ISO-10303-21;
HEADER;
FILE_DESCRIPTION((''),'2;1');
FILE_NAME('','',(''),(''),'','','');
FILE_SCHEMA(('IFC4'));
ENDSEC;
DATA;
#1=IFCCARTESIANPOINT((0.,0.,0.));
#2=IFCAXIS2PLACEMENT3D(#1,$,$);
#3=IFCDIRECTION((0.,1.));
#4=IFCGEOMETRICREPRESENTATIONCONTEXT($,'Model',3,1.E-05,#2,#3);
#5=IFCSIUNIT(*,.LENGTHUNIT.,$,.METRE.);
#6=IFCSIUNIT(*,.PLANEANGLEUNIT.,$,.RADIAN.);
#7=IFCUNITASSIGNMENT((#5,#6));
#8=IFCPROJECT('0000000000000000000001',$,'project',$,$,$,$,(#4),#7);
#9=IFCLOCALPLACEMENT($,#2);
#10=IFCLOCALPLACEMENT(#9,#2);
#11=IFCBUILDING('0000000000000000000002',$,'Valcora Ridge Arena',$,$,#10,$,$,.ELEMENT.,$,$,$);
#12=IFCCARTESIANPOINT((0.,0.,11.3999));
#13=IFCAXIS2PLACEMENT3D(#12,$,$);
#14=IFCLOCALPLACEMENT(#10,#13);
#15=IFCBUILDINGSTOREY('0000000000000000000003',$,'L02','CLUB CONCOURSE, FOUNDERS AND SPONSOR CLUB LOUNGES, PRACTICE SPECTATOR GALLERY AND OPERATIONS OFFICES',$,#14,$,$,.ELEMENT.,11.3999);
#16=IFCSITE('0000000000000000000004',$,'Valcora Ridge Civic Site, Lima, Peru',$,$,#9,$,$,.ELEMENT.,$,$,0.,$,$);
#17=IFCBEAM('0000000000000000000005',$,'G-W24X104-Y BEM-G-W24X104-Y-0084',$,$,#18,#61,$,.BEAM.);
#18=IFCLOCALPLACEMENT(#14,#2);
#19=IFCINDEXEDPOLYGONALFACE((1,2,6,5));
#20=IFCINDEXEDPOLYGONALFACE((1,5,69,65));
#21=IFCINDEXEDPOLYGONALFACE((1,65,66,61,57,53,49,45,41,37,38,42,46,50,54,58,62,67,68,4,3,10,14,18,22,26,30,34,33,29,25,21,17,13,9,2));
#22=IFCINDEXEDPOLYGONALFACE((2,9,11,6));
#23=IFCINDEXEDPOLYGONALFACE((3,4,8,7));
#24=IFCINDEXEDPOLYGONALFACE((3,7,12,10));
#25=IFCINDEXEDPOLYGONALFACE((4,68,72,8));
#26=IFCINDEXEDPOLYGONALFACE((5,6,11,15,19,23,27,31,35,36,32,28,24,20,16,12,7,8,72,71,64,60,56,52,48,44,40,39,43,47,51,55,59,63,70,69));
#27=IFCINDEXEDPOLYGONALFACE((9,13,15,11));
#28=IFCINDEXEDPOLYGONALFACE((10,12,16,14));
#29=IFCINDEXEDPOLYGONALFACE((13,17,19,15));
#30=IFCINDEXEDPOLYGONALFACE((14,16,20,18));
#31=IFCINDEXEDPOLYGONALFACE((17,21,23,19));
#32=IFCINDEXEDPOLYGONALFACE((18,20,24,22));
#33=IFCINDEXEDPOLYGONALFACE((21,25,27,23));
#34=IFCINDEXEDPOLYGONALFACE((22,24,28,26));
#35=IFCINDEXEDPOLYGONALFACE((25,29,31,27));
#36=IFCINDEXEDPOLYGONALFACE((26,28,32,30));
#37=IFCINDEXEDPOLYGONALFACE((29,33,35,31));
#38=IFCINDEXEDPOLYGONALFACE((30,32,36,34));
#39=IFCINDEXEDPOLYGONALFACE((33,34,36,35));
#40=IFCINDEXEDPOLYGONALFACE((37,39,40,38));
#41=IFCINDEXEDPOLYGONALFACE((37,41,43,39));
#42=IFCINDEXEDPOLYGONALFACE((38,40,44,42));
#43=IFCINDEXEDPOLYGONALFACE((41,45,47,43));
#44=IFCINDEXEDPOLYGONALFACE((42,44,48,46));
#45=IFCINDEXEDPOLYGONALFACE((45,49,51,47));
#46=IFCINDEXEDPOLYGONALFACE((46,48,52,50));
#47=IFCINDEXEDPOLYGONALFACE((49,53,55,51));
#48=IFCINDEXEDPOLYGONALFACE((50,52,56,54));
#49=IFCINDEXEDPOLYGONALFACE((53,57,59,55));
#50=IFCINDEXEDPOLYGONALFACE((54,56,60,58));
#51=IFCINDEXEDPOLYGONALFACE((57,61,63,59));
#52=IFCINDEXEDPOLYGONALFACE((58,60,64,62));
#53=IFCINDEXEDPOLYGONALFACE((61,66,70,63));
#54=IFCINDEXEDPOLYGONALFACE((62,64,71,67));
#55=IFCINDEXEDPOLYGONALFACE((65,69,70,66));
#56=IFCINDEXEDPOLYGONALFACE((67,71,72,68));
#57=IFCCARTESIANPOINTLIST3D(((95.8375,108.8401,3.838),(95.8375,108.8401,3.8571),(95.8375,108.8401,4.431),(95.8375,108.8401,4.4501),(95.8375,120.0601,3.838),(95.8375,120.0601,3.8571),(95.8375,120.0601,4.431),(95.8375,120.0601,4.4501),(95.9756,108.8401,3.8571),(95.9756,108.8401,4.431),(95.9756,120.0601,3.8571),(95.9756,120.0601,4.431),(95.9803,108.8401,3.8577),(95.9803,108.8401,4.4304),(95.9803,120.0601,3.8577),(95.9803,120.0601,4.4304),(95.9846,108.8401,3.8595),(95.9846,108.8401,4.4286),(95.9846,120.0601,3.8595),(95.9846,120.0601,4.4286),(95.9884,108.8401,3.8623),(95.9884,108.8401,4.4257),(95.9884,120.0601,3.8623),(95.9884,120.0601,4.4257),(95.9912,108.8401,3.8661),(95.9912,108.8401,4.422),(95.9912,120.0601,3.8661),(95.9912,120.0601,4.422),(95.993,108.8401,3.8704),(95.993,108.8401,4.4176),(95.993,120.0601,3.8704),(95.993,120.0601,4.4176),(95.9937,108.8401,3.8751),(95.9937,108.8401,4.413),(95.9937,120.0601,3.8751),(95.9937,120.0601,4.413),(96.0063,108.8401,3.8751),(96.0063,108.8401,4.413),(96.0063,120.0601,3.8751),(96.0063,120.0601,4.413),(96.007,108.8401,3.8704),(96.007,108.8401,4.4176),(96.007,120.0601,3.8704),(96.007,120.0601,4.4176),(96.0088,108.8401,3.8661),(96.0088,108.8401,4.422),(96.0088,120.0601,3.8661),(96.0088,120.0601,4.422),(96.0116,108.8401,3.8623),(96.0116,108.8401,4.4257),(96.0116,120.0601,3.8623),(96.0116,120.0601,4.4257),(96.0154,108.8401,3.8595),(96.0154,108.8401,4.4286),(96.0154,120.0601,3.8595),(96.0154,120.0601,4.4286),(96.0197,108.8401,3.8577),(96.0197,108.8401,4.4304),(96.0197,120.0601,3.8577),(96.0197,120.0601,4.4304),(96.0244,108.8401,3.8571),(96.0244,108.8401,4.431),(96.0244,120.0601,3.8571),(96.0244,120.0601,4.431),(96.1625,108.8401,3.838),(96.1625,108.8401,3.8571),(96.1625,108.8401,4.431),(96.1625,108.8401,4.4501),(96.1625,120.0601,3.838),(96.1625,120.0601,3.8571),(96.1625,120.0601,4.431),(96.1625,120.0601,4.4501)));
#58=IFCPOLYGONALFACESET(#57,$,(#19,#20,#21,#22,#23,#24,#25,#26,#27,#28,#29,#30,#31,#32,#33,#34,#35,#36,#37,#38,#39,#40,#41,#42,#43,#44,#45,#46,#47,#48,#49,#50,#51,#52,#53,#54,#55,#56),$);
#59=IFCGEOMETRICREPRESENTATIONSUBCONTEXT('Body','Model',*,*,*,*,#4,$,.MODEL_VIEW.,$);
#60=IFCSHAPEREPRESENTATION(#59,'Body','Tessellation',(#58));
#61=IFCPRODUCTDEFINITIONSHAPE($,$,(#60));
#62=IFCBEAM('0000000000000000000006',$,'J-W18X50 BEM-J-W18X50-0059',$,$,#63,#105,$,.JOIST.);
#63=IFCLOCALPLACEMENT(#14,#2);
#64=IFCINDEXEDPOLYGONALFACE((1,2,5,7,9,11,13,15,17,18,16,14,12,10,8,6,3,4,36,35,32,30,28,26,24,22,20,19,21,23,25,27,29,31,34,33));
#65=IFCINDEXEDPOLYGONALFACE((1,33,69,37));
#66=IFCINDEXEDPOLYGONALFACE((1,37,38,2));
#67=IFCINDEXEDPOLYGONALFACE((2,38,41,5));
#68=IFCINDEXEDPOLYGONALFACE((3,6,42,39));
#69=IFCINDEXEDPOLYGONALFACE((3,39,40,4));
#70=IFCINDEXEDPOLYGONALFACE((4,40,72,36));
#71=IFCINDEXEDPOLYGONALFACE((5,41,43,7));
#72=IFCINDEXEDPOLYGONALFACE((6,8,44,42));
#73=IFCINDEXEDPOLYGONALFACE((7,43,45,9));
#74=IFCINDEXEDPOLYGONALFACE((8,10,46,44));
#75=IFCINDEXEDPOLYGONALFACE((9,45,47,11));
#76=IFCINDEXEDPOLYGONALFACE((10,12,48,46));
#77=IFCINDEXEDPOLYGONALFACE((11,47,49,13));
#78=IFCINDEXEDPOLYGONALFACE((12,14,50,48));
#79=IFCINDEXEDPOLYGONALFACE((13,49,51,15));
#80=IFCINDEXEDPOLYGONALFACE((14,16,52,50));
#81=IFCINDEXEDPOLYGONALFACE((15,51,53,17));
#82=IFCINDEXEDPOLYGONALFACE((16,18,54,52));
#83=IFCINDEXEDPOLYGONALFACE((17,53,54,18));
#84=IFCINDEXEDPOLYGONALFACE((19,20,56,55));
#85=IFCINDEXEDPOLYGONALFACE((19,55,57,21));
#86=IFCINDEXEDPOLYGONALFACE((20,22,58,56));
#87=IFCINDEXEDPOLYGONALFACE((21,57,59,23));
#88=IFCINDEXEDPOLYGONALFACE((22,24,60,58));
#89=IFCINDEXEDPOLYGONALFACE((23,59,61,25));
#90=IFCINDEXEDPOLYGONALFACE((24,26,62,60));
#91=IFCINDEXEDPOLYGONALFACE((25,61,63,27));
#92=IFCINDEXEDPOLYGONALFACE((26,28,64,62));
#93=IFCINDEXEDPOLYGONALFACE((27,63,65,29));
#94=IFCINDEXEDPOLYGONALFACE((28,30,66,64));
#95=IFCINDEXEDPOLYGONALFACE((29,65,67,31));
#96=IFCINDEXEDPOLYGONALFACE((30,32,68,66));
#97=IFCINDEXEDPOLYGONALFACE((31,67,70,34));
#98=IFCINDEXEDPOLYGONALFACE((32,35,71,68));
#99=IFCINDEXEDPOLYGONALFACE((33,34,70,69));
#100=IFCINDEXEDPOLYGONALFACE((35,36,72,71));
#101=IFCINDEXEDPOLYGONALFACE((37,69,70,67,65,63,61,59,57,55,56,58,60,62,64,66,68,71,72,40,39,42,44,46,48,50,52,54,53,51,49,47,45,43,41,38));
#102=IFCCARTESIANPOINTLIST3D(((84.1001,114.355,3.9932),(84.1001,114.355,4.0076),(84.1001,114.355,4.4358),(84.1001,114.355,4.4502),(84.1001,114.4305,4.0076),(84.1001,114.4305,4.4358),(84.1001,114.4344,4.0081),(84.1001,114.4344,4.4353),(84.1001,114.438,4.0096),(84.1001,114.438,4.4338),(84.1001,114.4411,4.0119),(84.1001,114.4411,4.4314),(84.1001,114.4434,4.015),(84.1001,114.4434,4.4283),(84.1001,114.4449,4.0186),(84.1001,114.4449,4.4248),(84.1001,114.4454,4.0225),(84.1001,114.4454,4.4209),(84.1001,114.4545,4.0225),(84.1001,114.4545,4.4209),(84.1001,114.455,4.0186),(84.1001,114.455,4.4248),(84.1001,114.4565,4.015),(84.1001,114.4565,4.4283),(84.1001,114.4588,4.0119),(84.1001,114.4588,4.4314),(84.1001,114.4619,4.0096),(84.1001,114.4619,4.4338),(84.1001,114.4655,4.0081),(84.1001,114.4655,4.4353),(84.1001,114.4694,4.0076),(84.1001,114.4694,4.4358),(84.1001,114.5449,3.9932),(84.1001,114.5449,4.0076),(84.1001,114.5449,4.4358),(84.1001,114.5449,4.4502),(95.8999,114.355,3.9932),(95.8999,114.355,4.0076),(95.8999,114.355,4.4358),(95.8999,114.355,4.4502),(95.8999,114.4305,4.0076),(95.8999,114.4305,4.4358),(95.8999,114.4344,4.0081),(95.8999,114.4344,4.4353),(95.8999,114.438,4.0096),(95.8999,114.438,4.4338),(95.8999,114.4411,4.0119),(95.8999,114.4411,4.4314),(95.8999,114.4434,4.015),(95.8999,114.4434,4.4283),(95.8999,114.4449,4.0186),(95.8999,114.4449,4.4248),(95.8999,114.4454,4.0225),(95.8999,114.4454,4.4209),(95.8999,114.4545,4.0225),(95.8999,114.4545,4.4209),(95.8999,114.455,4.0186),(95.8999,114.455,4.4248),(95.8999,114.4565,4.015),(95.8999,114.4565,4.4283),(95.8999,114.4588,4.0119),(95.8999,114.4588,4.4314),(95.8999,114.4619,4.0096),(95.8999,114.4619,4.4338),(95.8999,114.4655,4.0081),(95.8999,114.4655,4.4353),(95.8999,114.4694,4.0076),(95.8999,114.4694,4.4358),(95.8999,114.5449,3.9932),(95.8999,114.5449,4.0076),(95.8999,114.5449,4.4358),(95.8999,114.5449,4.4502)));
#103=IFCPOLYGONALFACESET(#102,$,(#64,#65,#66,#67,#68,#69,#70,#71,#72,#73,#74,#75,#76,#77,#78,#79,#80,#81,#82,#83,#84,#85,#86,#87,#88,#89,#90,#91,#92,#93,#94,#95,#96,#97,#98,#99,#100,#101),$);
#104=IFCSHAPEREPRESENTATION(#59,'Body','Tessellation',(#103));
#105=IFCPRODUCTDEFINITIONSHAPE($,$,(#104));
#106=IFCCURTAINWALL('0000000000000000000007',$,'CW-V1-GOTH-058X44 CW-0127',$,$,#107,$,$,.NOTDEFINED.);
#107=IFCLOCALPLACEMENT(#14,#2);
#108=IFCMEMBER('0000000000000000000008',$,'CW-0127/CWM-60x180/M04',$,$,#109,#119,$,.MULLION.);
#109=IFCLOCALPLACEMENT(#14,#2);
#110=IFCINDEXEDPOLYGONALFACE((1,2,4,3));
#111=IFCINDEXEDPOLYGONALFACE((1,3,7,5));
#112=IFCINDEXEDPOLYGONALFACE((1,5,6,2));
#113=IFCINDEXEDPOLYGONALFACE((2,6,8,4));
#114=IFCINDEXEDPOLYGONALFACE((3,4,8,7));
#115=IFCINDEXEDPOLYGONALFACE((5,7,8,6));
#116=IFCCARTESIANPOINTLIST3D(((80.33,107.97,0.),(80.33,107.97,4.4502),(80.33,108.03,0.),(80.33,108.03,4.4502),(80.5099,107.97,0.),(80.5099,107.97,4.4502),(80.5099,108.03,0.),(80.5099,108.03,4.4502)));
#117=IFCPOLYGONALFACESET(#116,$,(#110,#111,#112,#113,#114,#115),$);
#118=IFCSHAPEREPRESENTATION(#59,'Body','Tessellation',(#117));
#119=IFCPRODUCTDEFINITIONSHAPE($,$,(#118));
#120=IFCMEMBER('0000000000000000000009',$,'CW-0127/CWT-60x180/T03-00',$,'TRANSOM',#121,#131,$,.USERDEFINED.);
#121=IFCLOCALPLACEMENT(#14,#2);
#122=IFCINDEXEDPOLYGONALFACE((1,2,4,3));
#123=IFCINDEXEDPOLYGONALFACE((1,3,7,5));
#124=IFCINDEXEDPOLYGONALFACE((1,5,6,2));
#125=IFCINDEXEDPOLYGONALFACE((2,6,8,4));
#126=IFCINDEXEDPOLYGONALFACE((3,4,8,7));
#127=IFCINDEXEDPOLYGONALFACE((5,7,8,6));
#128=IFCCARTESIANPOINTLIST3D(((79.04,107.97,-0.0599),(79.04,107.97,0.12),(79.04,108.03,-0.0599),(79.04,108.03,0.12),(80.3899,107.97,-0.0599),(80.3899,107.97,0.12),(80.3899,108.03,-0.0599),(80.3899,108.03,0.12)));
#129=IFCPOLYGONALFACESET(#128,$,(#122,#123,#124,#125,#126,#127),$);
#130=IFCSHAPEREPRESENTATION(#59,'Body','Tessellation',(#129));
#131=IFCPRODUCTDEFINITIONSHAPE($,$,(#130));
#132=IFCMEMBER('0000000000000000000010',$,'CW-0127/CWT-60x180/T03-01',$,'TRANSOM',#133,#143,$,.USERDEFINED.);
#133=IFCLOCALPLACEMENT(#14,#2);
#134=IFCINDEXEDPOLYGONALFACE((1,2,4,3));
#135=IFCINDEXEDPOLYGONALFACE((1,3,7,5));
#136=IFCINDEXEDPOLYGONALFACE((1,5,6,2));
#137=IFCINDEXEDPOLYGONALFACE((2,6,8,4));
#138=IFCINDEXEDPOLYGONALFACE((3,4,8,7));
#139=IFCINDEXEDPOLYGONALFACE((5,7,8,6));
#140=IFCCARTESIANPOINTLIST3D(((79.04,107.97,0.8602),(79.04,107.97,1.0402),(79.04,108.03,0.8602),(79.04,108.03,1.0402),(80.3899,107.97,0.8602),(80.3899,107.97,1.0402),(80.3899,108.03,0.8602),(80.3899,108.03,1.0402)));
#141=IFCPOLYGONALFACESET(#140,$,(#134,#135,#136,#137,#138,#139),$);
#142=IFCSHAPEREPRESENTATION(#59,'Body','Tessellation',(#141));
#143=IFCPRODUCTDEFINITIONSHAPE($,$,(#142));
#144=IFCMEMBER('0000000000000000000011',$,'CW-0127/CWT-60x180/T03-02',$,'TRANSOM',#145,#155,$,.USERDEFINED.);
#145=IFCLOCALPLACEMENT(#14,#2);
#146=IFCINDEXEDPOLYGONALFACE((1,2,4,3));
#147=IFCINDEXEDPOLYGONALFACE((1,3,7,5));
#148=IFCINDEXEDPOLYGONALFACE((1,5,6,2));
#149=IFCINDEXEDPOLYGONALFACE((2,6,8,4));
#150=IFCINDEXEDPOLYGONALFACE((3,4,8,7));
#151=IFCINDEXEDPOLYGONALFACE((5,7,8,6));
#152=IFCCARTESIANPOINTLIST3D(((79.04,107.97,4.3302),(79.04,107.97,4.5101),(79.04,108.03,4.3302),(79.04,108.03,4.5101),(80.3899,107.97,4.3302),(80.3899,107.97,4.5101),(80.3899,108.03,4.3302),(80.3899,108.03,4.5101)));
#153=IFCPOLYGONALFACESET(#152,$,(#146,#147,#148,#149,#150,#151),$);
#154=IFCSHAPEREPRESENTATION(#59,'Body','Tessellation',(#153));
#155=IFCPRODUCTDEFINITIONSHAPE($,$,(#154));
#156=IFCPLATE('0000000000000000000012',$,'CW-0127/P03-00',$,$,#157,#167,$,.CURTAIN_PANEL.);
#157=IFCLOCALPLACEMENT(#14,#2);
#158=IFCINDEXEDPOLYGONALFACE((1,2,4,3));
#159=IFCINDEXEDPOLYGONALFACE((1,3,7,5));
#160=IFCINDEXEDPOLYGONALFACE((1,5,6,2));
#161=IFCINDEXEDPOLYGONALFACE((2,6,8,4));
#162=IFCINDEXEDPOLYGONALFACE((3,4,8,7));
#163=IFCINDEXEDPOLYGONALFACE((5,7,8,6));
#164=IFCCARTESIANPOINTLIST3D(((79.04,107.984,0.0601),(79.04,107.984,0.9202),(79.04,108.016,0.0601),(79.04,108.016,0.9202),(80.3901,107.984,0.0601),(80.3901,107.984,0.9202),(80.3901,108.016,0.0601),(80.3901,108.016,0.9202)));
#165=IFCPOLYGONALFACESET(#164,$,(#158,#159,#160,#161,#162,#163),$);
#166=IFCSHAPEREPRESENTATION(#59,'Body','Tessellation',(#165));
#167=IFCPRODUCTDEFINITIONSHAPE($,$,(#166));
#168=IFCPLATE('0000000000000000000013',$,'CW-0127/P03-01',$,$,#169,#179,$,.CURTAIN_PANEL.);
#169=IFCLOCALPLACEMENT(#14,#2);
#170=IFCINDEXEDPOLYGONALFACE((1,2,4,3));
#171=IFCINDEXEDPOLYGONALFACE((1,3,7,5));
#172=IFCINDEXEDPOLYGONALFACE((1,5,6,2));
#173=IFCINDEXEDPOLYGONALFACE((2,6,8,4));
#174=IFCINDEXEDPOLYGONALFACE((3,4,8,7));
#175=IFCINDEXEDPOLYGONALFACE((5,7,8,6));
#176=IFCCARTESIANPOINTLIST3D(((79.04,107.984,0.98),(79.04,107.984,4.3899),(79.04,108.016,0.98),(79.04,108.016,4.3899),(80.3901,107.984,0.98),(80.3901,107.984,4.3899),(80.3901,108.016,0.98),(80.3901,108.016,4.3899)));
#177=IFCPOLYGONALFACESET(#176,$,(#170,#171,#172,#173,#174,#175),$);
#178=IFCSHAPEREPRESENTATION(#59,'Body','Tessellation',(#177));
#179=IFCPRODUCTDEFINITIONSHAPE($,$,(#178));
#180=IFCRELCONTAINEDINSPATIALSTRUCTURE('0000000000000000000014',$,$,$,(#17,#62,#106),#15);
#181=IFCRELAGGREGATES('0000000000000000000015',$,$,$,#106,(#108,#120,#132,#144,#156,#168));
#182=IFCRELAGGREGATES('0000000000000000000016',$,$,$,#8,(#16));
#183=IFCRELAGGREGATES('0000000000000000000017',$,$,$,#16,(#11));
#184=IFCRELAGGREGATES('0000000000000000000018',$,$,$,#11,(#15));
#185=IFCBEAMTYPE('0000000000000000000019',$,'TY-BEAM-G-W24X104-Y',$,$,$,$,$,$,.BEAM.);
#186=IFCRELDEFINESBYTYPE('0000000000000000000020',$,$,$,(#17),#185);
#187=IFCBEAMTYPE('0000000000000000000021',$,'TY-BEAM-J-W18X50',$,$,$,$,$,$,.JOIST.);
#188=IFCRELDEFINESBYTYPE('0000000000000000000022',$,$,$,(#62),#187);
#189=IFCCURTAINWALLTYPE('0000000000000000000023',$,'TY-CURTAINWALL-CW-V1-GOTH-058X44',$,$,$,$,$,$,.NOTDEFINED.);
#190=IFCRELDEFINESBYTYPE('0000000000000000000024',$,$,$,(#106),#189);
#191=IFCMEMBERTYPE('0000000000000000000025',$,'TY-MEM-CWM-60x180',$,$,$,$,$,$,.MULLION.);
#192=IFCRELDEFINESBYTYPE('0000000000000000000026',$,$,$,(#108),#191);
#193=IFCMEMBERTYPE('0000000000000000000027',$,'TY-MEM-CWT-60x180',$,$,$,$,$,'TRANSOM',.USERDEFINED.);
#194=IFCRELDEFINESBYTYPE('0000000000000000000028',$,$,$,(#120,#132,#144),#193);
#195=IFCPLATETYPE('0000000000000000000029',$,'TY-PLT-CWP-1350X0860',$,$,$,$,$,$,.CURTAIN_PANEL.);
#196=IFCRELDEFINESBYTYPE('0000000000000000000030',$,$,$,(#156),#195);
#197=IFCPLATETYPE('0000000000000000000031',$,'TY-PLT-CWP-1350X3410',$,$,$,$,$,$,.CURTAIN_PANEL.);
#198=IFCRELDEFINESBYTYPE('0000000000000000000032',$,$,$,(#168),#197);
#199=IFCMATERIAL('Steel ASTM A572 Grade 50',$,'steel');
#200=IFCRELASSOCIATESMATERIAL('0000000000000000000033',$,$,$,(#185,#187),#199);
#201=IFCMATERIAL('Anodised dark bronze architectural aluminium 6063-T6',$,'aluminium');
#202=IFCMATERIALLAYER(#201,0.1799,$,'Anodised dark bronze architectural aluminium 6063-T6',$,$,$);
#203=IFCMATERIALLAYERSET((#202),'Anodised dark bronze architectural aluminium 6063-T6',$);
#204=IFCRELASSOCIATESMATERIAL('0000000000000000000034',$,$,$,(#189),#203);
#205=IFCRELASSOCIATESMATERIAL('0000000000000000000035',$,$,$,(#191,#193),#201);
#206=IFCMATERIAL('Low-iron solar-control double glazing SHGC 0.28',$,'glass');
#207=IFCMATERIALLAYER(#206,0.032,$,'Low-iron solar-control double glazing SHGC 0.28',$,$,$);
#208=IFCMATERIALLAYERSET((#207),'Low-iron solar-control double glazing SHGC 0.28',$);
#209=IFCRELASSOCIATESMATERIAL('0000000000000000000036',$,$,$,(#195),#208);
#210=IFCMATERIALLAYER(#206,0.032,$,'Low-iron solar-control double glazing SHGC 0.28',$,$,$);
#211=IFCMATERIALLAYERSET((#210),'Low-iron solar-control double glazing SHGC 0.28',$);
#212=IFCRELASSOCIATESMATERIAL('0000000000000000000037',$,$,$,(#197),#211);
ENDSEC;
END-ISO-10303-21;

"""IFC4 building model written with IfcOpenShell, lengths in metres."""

from ifc_helpers import new_model, si_unit, direction, frame, origin, origin_2d, place, context, subcontext, project, spatial, rectangle, i_section, extrude, material, layer, layer_set, material_profile, profile_set, type_object, element, aggregate, save


model = new_model("IFC4")

# Units and contexts
model_context = context("Model", 3, precision=1e-05, world=origin(), true_north=direction((0.0, 1.0)))
body_context = subcontext(model_context, "Body", "Model", "MODEL_VIEW")
ifc_project = project(units=[si_unit("LENGTHUNIT", "METRE"), si_unit("PLANEANGLEUNIT", "RADIAN")], contexts=[model_context])

# Site, building, storey
site_placement = place(None, origin())
site = spatial("IfcSite", under=ifc_project, at=site_placement, Name="Valcora Ridge Civic Site, Lima, Peru", CompositionType="ELEMENT", RefElevation=0.0)
building_placement = place(site_placement, origin())
building = spatial("IfcBuilding", under=site, at=building_placement, Name="Valcora Ridge Arena", CompositionType="ELEMENT")
storey_placement = place(building_placement, frame((0.0, 0.0, 11.3999)))
storey = spatial("IfcBuildingStorey", under=building, at=storey_placement, Name="L02", Description="CLUB CONCOURSE, FOUNDERS AND SPONSOR CLUB LOUNGES, PRACTICE SPECTATOR GALLERY AND OPERATIONS OFFICES", CompositionType="ELEMENT", Elevation=11.3999)

# Beams
ifc_material_1 = material(Name="Steel ASTM A572 Grade 50", Category="steel")
ifc_material_profile_1 = material_profile(ifc_material_1, i_section(OverallWidth=0.325, OverallDepth=0.6121, WebThickness=0.0127, FlangeThickness=0.019, FilletRadius=0.0181, at=origin_2d()), Name="W24X104")
ifc_profile_set_1 = profile_set([ifc_material_profile_1], Name="Steel ASTM A572 Grade 50")
beam_type_1 = type_object("IfcBeamType", Name="TY-BEAM-G-W24X104-Y", PredefinedType="BEAM", material=ifc_profile_set_1)
for number, where, z_axis, x_axis, name in (
    (1, (96.0, 108.8401, 4.144), (0.0, 1.0, 0.0), (-1.0, 0.0, 0.0), "G-W24X104-Y BEM-G-W24X104-Y-0084"),
):
    element("IfcBeam", number, at=place(storey_placement, frame(where, z_axis=z_axis, x_axis=x_axis)), inside=storey, type_object=beam_type_1, Name=name, PredefinedType="BEAM", context=body_context, shape_type="SweptSolid", body=[
        extrude(i_section(OverallWidth=0.325, OverallDepth=0.6121, WebThickness=0.0127, FlangeThickness=0.019, FilletRadius=0.0181, at=origin_2d()), origin(), (0.0, 0.0, 1.0), 11.22),
    ])
ifc_material_profile_2 = material_profile(ifc_material_1, i_section(OverallWidth=0.1899, OverallDepth=0.457, WebThickness=0.009, FlangeThickness=0.0144, FilletRadius=0.0149, at=origin_2d()), Name="W18X50")
ifc_profile_set_2 = profile_set([ifc_material_profile_2], Name="Steel ASTM A572 Grade 50")
beam_type_2 = type_object("IfcBeamType", Name="TY-BEAM-J-W18X50", PredefinedType="JOIST", material=ifc_profile_set_2)
beam_placement = place(storey_placement, frame((84.1001, 114.45, 4.2217), z_axis=(1.0, 0.0, 0.0), x_axis=(0.0, 1.0, 0.0)))
element("IfcBeam", 2, at=beam_placement, inside=storey, type_object=beam_type_2, Name="J-W18X50 BEM-J-W18X50-0059", PredefinedType="JOIST", context=body_context, shape_type="SweptSolid", body=[
    extrude(i_section(OverallWidth=0.1899, OverallDepth=0.457, WebThickness=0.009, FlangeThickness=0.0144, FilletRadius=0.0149, at=origin_2d()), origin(), (0.0, 0.0, 1.0), 11.7998),
])

# Curtain wall, members, plates
ifc_material_2 = material(Name="Anodised dark bronze architectural aluminium 6063-T6", Category="aluminium")
ifc_layer_1 = layer(ifc_material_2, 0.1799, Name="Anodised dark bronze architectural aluminium 6063-T6")
ifc_layer_set_1 = layer_set([ifc_layer_1], Name="Anodised dark bronze architectural aluminium 6063-T6")
curtain_wall_type = type_object("IfcCurtainWallType", Name="TY-CURTAINWALL-CW-V1-GOTH-058X44", PredefinedType="NOTDEFINED", material=ifc_layer_set_1)
curtain_wall_placement = place(storey_placement, origin())
curtain_wall = element("IfcCurtainWall", 3, at=curtain_wall_placement, inside=storey, type_object=curtain_wall_type, Name="CW-V1-GOTH-058X44 CW-0127", PredefinedType="NOTDEFINED")
ifc_material_profile_3 = material_profile(ifc_material_2, rectangle(XDim=0.0601, YDim=0.1799, at=origin_2d()), Name="ALU MULLION 60x180")
ifc_profile_set_3 = profile_set([ifc_material_profile_3], Name="Anodised dark bronze architectural aluminium 6063-T6")
member_type_1 = type_object("IfcMemberType", Name="TY-MEM-CWM-60x180", PredefinedType="MULLION", material=ifc_profile_set_3)
member_1_placement = place(storey_placement, frame((80.4199, 108.0, 0.0), z_axis=(0.0, 0.0, 1.0), x_axis=(0.0, 1.0, 0.0)))
member_1 = element("IfcMember", 4, at=member_1_placement, type_object=member_type_1, Name="CW-0127/CWM-60x180/M04", PredefinedType="MULLION", context=body_context, shape_type="SweptSolid", body=[
    extrude(rectangle(XDim=0.0601, YDim=0.1799, at=origin_2d()), origin(), (0.0, 0.0, 1.0), 4.4502),
])
ifc_material_profile_4 = material_profile(ifc_material_2, rectangle(XDim=0.0601, YDim=0.1799, at=origin_2d()), Name="ALU TRANSOM 60x180")
ifc_profile_set_4 = profile_set([ifc_material_profile_4], Name="Anodised dark bronze architectural aluminium 6063-T6")
member_type_2 = type_object("IfcMemberType", Name="TY-MEM-CWT-60x180", ElementType="TRANSOM", PredefinedType="USERDEFINED", material=ifc_profile_set_4)
member_2_placement = place(storey_placement, frame((79.04, 108.0, 0.03), z_axis=(1.0, 0.0, 0.0), x_axis=(0.0, 1.0, 0.0)))
member_2 = element("IfcMember", 5, at=member_2_placement, type_object=member_type_2, Name="CW-0127/CWT-60x180/T03-00", ObjectType="TRANSOM", PredefinedType="USERDEFINED", context=body_context, shape_type="SweptSolid", body=[
    extrude(rectangle(XDim=0.0601, YDim=0.1799, at=origin_2d()), origin(), (0.0, 0.0, 1.0), 1.3499),
])
member_3_placement = place(storey_placement, frame((79.04, 108.0, 0.9502), z_axis=(1.0, 0.0, 0.0), x_axis=(0.0, 1.0, 0.0)))
member_3 = element("IfcMember", 6, at=member_3_placement, type_object=member_type_2, Name="CW-0127/CWT-60x180/T03-01", ObjectType="TRANSOM", PredefinedType="USERDEFINED", context=body_context, shape_type="SweptSolid", body=[
    extrude(rectangle(XDim=0.0601, YDim=0.1799, at=origin_2d()), origin(), (0.0, 0.0, 1.0), 1.3499),
])
member_4_placement = place(storey_placement, frame((79.04, 108.0, 4.4202), z_axis=(1.0, 0.0, 0.0), x_axis=(0.0, 1.0, 0.0)))
member_4 = element("IfcMember", 7, at=member_4_placement, type_object=member_type_2, Name="CW-0127/CWT-60x180/T03-02", ObjectType="TRANSOM", PredefinedType="USERDEFINED", context=body_context, shape_type="SweptSolid", body=[
    extrude(rectangle(XDim=0.0601, YDim=0.1799, at=origin_2d()), origin(), (0.0, 0.0, 1.0), 1.3499),
])
ifc_material_3 = material(Name="Low-iron solar-control double glazing SHGC 0.28", Category="glass")
ifc_layer_2 = layer(ifc_material_3, 0.032, Name="Low-iron solar-control double glazing SHGC 0.28")
ifc_layer_set_2 = layer_set([ifc_layer_2], Name="Low-iron solar-control double glazing SHGC 0.28")
plate_type_1 = type_object("IfcPlateType", Name="TY-PLT-CWP-1350X0860", PredefinedType="CURTAIN_PANEL", material=ifc_layer_set_2)
plate_1_placement = place(storey_placement, frame((79.7151, 108.0, 0.0601), z_axis=(0.0, 0.0, 1.0), x_axis=(1.0, 0.0, 0.0)))
plate_1 = element("IfcPlate", 8, at=plate_1_placement, type_object=plate_type_1, Name="CW-0127/P03-00", PredefinedType="CURTAIN_PANEL", context=body_context, shape_type="SweptSolid", body=[
    extrude(rectangle(XDim=1.3501, YDim=0.032, at=origin_2d()), origin(), (0.0, 0.0, 1.0), 0.8601),
])
ifc_layer_3 = layer(ifc_material_3, 0.032, Name="Low-iron solar-control double glazing SHGC 0.28")
ifc_layer_set_3 = layer_set([ifc_layer_3], Name="Low-iron solar-control double glazing SHGC 0.28")
plate_type_2 = type_object("IfcPlateType", Name="TY-PLT-CWP-1350X3410", PredefinedType="CURTAIN_PANEL", material=ifc_layer_set_3)
plate_2_placement = place(storey_placement, frame((79.7151, 108.0, 0.98), z_axis=(0.0, 0.0, 1.0), x_axis=(1.0, 0.0, 0.0)))
plate_2 = element("IfcPlate", 9, at=plate_2_placement, type_object=plate_type_2, Name="CW-0127/P03-01", PredefinedType="CURTAIN_PANEL", context=body_context, shape_type="SweptSolid", body=[
    extrude(rectangle(XDim=1.3501, YDim=0.032, at=origin_2d()), origin(), (0.0, 0.0, 1.0), 3.4099),
])
aggregate(curtain_wall, [member_1, member_2, member_3, member_4, plate_1, plate_2])

save(model, "model.ifc")
